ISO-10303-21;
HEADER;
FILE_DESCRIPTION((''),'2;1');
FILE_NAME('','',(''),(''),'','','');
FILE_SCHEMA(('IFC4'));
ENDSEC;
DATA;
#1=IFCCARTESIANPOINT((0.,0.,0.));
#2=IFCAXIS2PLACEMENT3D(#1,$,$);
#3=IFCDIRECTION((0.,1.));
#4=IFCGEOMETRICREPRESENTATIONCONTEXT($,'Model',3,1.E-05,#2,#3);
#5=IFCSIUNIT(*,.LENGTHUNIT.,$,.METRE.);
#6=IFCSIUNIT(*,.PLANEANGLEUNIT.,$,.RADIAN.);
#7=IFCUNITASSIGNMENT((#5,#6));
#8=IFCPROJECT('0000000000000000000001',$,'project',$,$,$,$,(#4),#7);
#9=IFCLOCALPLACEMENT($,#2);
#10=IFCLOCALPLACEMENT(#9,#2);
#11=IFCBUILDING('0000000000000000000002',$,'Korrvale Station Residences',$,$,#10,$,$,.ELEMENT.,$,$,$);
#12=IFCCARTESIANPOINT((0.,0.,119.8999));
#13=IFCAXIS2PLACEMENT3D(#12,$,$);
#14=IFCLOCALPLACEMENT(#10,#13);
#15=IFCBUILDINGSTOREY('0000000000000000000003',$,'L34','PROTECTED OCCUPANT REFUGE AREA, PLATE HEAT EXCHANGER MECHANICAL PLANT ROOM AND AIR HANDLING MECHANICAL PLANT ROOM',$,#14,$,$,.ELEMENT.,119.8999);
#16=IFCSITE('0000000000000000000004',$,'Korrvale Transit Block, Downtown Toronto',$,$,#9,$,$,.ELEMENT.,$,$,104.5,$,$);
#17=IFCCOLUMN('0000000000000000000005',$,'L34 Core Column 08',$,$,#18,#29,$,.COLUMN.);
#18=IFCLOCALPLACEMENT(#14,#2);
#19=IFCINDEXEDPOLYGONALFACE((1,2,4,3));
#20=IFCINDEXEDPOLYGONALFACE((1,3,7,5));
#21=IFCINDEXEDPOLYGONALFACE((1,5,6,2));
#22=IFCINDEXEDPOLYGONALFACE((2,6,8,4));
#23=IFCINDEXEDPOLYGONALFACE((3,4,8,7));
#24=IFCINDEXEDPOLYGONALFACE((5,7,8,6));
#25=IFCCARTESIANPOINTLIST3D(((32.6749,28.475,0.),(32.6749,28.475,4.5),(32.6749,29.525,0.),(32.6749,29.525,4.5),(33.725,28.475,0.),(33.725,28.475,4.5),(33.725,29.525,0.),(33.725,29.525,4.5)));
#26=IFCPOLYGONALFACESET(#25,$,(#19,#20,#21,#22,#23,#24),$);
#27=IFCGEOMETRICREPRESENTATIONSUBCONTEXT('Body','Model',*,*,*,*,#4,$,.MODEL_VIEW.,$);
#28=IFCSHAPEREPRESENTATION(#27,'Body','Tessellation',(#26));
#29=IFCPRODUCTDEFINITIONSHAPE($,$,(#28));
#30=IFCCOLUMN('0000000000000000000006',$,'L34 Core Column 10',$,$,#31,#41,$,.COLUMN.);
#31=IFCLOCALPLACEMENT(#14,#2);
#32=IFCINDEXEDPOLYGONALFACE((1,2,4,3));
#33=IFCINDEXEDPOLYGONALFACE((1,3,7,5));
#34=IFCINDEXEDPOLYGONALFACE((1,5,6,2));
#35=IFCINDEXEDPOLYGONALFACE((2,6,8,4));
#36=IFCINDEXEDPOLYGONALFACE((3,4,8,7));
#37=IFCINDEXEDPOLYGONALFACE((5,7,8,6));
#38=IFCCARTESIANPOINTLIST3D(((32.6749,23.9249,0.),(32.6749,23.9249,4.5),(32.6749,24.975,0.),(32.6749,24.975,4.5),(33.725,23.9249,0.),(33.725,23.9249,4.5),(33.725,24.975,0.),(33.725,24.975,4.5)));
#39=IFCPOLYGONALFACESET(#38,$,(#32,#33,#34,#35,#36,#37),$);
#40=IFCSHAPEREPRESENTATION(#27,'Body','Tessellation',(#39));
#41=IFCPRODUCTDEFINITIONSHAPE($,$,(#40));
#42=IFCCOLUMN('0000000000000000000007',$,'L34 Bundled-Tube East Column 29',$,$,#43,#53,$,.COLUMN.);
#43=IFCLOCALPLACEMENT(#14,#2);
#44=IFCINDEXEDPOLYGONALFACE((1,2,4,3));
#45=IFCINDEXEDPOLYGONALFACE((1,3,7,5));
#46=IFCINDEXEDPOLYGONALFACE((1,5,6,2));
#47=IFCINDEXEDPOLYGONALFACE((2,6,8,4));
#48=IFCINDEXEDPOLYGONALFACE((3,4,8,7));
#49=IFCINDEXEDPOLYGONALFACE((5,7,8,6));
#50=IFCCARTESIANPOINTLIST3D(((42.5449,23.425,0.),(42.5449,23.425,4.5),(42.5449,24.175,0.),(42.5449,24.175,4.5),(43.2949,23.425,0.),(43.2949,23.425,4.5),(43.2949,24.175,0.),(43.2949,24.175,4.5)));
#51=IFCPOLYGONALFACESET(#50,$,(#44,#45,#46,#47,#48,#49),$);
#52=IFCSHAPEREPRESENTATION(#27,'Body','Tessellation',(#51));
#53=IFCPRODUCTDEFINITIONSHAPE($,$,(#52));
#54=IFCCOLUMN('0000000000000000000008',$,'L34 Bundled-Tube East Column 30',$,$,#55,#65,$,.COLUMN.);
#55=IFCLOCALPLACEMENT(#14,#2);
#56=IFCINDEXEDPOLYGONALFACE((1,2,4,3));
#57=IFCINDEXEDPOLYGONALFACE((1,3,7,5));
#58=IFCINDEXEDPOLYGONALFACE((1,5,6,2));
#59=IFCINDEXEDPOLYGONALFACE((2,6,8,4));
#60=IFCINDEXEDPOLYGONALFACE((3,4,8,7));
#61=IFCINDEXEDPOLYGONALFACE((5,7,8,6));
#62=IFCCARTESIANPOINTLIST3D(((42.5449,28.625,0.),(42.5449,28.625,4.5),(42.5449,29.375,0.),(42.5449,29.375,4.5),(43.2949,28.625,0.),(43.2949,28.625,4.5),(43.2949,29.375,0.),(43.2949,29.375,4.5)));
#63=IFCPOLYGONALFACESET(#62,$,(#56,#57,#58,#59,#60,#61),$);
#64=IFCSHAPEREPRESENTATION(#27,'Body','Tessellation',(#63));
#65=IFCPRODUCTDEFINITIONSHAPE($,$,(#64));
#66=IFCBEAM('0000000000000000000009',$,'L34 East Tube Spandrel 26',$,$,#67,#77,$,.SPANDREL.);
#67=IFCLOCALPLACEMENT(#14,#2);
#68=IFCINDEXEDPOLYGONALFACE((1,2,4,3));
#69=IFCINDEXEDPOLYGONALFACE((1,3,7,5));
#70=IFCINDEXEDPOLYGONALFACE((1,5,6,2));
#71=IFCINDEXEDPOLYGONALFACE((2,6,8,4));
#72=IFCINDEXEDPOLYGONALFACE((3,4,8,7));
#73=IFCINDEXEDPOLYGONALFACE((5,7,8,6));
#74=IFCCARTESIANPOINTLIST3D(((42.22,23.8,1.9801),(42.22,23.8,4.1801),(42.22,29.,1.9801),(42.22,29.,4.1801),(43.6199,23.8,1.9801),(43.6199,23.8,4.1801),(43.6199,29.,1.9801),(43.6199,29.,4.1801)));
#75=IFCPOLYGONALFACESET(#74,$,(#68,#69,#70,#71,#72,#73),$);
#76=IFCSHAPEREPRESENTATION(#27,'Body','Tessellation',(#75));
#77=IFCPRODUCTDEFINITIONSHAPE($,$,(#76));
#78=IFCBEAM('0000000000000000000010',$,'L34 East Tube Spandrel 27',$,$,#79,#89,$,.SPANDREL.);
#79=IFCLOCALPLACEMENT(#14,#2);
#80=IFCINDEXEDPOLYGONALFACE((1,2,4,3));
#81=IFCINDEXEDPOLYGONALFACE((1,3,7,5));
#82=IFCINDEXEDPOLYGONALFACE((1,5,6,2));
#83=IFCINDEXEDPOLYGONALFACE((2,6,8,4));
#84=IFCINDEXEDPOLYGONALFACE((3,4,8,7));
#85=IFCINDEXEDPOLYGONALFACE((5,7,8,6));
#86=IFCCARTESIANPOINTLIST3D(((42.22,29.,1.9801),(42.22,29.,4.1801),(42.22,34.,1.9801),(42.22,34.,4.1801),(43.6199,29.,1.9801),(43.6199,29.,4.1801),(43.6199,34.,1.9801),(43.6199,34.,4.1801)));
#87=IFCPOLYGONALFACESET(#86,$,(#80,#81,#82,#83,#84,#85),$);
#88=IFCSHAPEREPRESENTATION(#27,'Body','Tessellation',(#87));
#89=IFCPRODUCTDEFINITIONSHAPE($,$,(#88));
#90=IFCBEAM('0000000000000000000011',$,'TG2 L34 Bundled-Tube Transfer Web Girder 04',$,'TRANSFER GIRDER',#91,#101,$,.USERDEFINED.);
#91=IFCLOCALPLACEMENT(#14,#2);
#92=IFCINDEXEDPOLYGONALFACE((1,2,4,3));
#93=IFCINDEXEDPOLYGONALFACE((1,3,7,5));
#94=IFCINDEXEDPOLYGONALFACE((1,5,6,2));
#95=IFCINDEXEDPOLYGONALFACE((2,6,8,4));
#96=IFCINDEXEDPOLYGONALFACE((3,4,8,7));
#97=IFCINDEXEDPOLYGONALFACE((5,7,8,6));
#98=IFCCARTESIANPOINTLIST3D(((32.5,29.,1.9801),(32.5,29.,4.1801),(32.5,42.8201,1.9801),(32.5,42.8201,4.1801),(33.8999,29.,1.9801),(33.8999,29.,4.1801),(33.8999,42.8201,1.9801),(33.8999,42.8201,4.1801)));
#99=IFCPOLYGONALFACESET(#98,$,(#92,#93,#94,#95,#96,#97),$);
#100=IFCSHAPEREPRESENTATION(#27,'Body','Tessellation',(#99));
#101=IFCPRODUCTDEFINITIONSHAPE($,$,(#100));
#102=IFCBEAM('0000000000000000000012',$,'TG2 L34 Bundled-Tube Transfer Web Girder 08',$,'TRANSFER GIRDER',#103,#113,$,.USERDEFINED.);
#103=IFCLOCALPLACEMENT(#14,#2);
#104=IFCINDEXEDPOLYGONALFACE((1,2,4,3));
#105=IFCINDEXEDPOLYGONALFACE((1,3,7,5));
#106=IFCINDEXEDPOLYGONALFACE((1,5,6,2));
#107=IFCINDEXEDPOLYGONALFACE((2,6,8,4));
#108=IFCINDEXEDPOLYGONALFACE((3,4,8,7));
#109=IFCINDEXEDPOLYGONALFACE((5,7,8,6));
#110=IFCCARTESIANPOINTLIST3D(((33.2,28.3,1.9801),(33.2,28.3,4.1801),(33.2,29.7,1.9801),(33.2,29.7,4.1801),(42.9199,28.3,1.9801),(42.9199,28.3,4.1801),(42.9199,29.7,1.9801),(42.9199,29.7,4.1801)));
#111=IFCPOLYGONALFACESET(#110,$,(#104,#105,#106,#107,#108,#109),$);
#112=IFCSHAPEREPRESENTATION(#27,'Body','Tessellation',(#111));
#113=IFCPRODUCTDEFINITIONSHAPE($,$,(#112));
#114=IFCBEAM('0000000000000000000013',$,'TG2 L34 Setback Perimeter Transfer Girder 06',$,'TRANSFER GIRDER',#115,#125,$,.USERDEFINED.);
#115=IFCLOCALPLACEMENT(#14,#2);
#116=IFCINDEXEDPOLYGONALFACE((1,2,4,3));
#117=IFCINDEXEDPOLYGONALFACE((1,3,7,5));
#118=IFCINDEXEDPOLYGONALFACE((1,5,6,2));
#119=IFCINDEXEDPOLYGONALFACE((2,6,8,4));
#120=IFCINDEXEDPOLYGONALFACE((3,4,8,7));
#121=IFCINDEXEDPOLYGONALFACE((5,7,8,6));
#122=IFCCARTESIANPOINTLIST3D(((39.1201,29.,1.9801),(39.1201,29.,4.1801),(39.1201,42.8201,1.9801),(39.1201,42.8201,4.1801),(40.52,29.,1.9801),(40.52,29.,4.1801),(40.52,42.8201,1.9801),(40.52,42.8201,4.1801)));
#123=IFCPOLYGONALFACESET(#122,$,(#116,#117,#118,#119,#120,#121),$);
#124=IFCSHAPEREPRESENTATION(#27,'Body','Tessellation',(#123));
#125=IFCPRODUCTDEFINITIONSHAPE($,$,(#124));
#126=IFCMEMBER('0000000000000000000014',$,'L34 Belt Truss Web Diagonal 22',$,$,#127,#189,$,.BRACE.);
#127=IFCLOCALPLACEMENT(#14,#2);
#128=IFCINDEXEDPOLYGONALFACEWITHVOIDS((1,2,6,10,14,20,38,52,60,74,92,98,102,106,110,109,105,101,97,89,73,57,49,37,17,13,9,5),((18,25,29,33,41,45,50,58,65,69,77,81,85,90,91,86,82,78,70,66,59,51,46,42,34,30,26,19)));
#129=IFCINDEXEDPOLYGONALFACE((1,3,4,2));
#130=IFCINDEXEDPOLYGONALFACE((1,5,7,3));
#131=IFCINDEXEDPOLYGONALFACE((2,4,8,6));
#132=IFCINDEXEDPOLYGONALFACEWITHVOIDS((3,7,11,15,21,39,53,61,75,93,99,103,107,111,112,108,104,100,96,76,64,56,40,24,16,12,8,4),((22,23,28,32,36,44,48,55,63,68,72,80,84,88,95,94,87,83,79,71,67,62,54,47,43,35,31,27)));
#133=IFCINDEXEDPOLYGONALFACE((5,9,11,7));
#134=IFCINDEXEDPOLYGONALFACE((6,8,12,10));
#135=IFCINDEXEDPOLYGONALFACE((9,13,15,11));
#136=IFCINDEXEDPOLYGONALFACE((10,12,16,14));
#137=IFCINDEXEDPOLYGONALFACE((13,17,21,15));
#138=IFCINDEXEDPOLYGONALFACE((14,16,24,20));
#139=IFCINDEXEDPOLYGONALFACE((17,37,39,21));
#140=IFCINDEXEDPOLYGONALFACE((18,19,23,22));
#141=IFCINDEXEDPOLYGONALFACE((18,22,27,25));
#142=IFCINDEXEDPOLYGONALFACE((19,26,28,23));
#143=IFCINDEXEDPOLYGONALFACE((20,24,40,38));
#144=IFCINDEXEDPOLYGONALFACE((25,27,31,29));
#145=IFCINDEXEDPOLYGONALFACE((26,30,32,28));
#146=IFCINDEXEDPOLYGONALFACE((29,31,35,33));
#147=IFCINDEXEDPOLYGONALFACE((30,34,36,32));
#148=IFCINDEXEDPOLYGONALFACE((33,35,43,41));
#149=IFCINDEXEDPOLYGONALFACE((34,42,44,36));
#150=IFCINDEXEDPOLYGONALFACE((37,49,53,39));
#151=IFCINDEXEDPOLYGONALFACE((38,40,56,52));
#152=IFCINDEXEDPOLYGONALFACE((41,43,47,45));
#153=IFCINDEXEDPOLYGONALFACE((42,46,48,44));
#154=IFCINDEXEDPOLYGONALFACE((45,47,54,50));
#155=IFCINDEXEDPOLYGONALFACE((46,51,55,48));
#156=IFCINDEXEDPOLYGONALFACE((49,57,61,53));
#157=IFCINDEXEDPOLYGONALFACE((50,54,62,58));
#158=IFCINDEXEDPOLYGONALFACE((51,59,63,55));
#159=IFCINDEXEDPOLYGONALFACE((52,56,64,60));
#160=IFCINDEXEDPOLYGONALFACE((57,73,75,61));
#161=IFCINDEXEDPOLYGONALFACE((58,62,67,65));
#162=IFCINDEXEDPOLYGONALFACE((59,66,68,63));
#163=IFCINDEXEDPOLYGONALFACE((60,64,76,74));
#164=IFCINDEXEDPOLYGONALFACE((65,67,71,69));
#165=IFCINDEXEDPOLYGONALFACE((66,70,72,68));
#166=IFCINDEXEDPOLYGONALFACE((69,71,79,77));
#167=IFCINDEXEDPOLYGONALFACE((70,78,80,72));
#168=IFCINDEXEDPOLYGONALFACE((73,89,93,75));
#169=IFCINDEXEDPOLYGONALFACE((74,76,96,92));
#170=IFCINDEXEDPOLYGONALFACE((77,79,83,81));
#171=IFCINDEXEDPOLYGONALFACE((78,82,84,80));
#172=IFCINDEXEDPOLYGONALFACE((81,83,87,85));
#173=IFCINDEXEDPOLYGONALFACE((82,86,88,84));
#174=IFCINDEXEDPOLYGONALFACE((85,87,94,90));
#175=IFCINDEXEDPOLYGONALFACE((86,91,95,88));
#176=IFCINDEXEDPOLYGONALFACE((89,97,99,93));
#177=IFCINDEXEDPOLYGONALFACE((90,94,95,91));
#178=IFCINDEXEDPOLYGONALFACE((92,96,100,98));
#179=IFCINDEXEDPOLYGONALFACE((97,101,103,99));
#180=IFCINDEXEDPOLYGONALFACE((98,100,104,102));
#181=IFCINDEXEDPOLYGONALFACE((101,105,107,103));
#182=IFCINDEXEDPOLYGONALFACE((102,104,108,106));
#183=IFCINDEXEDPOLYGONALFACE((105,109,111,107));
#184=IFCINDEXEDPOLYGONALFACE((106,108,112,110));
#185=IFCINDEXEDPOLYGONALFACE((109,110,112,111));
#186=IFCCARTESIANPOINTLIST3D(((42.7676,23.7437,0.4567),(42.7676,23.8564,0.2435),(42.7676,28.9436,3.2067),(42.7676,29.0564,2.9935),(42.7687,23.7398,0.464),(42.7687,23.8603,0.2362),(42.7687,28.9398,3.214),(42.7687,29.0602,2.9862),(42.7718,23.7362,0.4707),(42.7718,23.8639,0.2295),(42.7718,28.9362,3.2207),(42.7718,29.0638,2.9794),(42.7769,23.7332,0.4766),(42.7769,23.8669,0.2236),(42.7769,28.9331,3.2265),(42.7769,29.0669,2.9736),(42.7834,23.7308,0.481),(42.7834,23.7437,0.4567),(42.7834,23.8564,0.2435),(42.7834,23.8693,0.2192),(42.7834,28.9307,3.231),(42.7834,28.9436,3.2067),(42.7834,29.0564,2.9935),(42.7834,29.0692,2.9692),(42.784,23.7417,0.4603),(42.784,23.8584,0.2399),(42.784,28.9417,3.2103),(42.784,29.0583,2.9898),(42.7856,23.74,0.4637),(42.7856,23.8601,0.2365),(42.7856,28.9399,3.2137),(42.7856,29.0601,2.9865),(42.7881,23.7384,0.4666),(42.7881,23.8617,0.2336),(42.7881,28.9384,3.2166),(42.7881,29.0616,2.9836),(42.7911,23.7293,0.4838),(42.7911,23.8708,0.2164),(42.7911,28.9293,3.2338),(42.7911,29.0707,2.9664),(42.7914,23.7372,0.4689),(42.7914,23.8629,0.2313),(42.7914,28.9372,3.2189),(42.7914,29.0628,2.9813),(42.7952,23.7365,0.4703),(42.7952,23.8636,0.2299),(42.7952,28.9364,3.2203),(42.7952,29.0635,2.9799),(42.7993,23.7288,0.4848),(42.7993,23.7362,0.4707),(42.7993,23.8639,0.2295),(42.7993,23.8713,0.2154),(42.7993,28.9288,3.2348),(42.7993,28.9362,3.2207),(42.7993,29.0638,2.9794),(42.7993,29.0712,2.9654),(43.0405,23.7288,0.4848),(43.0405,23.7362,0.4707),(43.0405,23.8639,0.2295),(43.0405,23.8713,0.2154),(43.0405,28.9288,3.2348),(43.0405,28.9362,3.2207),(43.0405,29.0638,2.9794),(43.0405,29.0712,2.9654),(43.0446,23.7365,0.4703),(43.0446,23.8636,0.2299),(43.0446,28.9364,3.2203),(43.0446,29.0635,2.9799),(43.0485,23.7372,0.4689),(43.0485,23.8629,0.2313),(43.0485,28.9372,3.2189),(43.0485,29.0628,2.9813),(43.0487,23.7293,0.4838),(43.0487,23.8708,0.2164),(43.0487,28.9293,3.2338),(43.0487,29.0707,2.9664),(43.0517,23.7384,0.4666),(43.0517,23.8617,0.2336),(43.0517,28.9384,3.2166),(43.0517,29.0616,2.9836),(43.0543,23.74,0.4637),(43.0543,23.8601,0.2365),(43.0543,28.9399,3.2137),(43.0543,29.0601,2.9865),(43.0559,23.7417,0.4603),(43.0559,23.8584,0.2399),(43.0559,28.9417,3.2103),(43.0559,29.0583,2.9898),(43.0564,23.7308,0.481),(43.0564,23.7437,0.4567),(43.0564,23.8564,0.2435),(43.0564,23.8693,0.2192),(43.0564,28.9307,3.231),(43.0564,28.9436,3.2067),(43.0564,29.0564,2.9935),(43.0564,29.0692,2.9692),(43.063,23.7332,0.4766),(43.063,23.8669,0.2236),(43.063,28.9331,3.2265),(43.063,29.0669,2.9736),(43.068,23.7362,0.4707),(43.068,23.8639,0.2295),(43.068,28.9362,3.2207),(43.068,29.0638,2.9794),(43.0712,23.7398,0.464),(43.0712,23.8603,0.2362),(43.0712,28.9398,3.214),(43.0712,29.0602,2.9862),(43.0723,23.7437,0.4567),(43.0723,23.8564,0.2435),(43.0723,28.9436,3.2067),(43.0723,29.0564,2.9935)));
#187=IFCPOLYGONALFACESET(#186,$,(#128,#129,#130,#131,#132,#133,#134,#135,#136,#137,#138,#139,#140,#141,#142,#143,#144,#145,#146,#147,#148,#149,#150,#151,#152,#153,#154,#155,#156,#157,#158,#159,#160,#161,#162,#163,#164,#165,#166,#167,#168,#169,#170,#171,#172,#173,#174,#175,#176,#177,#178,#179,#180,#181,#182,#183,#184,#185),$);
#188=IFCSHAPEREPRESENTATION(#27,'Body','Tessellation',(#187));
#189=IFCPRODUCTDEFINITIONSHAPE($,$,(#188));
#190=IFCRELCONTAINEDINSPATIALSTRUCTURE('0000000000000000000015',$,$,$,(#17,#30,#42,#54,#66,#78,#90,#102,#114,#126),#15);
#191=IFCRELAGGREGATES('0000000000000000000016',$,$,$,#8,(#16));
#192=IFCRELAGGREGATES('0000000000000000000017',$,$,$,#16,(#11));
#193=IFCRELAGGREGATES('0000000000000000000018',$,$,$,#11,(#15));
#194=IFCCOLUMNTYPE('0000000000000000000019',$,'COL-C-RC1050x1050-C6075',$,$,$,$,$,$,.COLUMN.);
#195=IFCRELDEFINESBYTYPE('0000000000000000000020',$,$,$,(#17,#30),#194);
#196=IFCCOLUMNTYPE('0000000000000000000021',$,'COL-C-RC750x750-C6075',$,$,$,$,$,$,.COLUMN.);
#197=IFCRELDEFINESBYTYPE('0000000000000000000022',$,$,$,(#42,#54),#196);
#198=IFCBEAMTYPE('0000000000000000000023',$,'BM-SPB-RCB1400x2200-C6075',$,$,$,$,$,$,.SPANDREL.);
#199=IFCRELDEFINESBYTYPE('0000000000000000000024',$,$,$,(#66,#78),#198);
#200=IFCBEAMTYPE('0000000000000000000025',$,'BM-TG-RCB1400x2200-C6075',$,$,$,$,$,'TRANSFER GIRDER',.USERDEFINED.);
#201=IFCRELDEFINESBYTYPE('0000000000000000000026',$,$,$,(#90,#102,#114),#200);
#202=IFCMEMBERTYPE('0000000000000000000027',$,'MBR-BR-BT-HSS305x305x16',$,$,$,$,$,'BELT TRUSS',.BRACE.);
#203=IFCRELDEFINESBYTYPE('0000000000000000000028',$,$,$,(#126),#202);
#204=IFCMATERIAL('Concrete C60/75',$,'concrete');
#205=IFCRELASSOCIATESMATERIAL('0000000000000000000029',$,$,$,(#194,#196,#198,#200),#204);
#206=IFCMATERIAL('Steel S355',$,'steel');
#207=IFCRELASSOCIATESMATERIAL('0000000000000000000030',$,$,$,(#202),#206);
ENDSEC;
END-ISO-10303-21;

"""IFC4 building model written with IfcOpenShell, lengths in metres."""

from ifc_helpers import new_model, si_unit, direction, frame, origin, origin_2d, place, context, subcontext, project, spatial, rectangle, hollow_rectangle, extrude, material, material_profile, profile_set, type_object, element, save


model = new_model("IFC4")

# Units and contexts
model_context = context("Model", 3, precision=1e-05, world=origin(), true_north=direction((0.0, 1.0)))
body_context = subcontext(model_context, "Body", "Model", "MODEL_VIEW")
ifc_project = project(units=[si_unit("LENGTHUNIT", "METRE"), si_unit("PLANEANGLEUNIT", "RADIAN")], contexts=[model_context])

# Site, building, storey
site_placement = place(None, origin())
site = spatial("IfcSite", under=ifc_project, at=site_placement, Name="Korrvale Transit Block, Downtown Toronto", CompositionType="ELEMENT", RefElevation=104.5)
building_placement = place(site_placement, origin())
building = spatial("IfcBuilding", under=site, at=building_placement, Name="Korrvale Station Residences", CompositionType="ELEMENT")
storey_placement = place(building_placement, frame((0.0, 0.0, 119.8999)))
storey = spatial("IfcBuildingStorey", under=building, at=storey_placement, Name="L34", Description="PROTECTED OCCUPANT REFUGE AREA, PLATE HEAT EXCHANGER MECHANICAL PLANT ROOM AND AIR HANDLING MECHANICAL PLANT ROOM", CompositionType="ELEMENT", Elevation=119.8999)

# Columns
ifc_material_1 = material(Name="Concrete C60/75", Category="concrete")
ifc_material_profile_1 = material_profile(ifc_material_1, rectangle(XDim=1.05, YDim=1.05, at=origin_2d()), Name="RC1050x1050")
ifc_profile_set_1 = profile_set([ifc_material_profile_1], Name="Concrete C60/75")
column_type_1 = type_object("IfcColumnType", Name="COL-C-RC1050x1050-C6075", PredefinedType="COLUMN", material=ifc_profile_set_1)
for number, where, z_axis, x_axis, name in (
    (1, (33.2, 29.0, 0.0), (0.0, 0.0, 1.0), (1.0, 0.0, 0.0), "L34 Core Column 08"),
    (2, (33.2, 24.45, 0.0), (0.0, 0.0, 1.0), (1.0, 0.0, 0.0), "L34 Core Column 10"),
):
    element("IfcColumn", number, at=place(storey_placement, frame(where, z_axis=z_axis, x_axis=x_axis)), inside=storey, type_object=column_type_1, Name=name, PredefinedType="COLUMN", context=body_context, shape_type="SweptSolid", body=[
        extrude(rectangle(XDim=1.05, YDim=1.05, at=origin_2d()), origin(), (0.0, 0.0, 1.0), 4.5),
    ])
ifc_material_profile_2 = material_profile(ifc_material_1, rectangle(XDim=0.75, YDim=0.75, at=origin_2d()), Name="RC750x750")
ifc_profile_set_2 = profile_set([ifc_material_profile_2], Name="Concrete C60/75")
column_type_2 = type_object("IfcColumnType", Name="COL-C-RC750x750-C6075", PredefinedType="COLUMN", material=ifc_profile_set_2)
for number, where, z_axis, x_axis, name in (
    (3, (42.9199, 23.8, 0.0), (0.0, 0.0, 1.0), (1.0, 0.0, 0.0), "L34 Bundled-Tube East Column 29"),
    (4, (42.9199, 29.0, 0.0), (0.0, 0.0, 1.0), (1.0, 0.0, 0.0), "L34 Bundled-Tube East Column 30"),
):
    element("IfcColumn", number, at=place(storey_placement, frame(where, z_axis=z_axis, x_axis=x_axis)), inside=storey, type_object=column_type_2, Name=name, PredefinedType="COLUMN", context=body_context, shape_type="SweptSolid", body=[
        extrude(rectangle(XDim=0.75, YDim=0.75, at=origin_2d()), origin(), (0.0, 0.0, 1.0), 4.5),
    ])

# Beams
ifc_material_profile_3 = material_profile(ifc_material_1, rectangle(XDim=1.3999, YDim=2.2, at=origin_2d()), Name="RCB1400x2200")
ifc_profile_set_3 = profile_set([ifc_material_profile_3], Name="Concrete C60/75")
beam_type_1 = type_object("IfcBeamType", Name="BM-SPB-RCB1400x2200-C6075", PredefinedType="SPANDREL", material=ifc_profile_set_3)
beam_1_placement = place(storey_placement, frame((42.9199, 23.8, 3.0801), z_axis=(0.0, 1.0, 0.0), x_axis=(-1.0, 0.0, 0.0)))
element("IfcBeam", 5, at=beam_1_placement, inside=storey, type_object=beam_type_1, Name="L34 East Tube Spandrel 26", PredefinedType="SPANDREL", context=body_context, shape_type="SweptSolid", body=[
    extrude(rectangle(XDim=1.3999, YDim=2.2, at=origin_2d()), origin(), (0.0, 0.0, 1.0), 5.2),
])
beam_2_placement = place(storey_placement, frame((42.9199, 29.0, 3.0801), z_axis=(0.0, 1.0, 0.0), x_axis=(-1.0, 0.0, 0.0)))
element("IfcBeam", 6, at=beam_2_placement, inside=storey, type_object=beam_type_1, Name="L34 East Tube Spandrel 27", PredefinedType="SPANDREL", context=body_context, shape_type="SweptSolid", body=[
    extrude(rectangle(XDim=1.3999, YDim=2.2, at=origin_2d()), origin(), (0.0, 0.0, 1.0), 5.0),
])
ifc_material_profile_4 = material_profile(ifc_material_1, rectangle(XDim=1.3999, YDim=2.2, at=origin_2d()), Name="RCB1400x2200")
ifc_profile_set_4 = profile_set([ifc_material_profile_4], Name="Concrete C60/75")
beam_type_2 = type_object("IfcBeamType", Name="BM-TG-RCB1400x2200-C6075", ElementType="TRANSFER GIRDER", PredefinedType="USERDEFINED", material=ifc_profile_set_4)
beam_3_placement = place(storey_placement, frame((33.2, 29.0, 3.0801), z_axis=(0.0, 1.0, 0.0), x_axis=(-1.0, 0.0, 0.0)))
element("IfcBeam", 7, at=beam_3_placement, inside=storey, type_object=beam_type_2, Name="TG2 L34 Bundled-Tube Transfer Web Girder 04", ObjectType="TRANSFER GIRDER", PredefinedType="USERDEFINED", context=body_context, shape_type="SweptSolid", body=[
    extrude(rectangle(XDim=1.3999, YDim=2.2, at=origin_2d()), origin(), (0.0, 0.0, 1.0), 13.8201),
])
beam_4_placement = place(storey_placement, frame((33.2, 29.0, 3.0801), z_axis=(1.0, 0.0, 0.0), x_axis=(0.0, 1.0, 0.0)))
element("IfcBeam", 8, at=beam_4_placement, inside=storey, type_object=beam_type_2, Name="TG2 L34 Bundled-Tube Transfer Web Girder 08", ObjectType="TRANSFER GIRDER", PredefinedType="USERDEFINED", context=body_context, shape_type="SweptSolid", body=[
    extrude(rectangle(XDim=1.3999, YDim=2.2, at=origin_2d()), origin(), (0.0, 0.0, 1.0), 9.72),
])
beam_5_placement = place(storey_placement, frame((39.8201, 29.0, 3.0801), z_axis=(0.0, 1.0, 0.0), x_axis=(-1.0, 0.0, 0.0)))
element("IfcBeam", 9, at=beam_5_placement, inside=storey, type_object=beam_type_2, Name="TG2 L34 Setback Perimeter Transfer Girder 06", ObjectType="TRANSFER GIRDER", PredefinedType="USERDEFINED", context=body_context, shape_type="SweptSolid", body=[
    extrude(rectangle(XDim=1.3999, YDim=2.2, at=origin_2d()), origin(), (0.0, 0.0, 1.0), 13.8201),
])

# Member
ifc_material_2 = material(Name="Steel S355", Category="steel")
ifc_material_profile_5 = material_profile(ifc_material_2, hollow_rectangle(XDim=0.3047, YDim=0.3047, WallThickness=0.0159, InnerFilletRadius=0.0159, OuterFilletRadius=0.0317, at=origin_2d()), Name="HSS305x305x16")
ifc_profile_set_5 = profile_set([ifc_material_profile_5], Name="Steel S355")
member_type_1 = type_object("IfcMemberType", Name="MBR-BR-BT-HSS305x305x16", ElementType="BELT TRUSS", PredefinedType="BRACE", material=ifc_profile_set_5)
member_1_placement = place(storey_placement, frame((42.9199, 23.8, 0.3501), z_axis=(0.0, 0.883993, 0.467501), x_axis=(-1.0, 0.0, 0.0)))
element("IfcMember", 10, at=member_1_placement, inside=storey, type_object=member_type_1, Name="L34 Belt Truss Web Diagonal 22", PredefinedType="BRACE", context=body_context, shape_type="SweptSolid", body=[
    extrude(hollow_rectangle(XDim=0.3047, YDim=0.3047, WallThickness=0.0159, InnerFilletRadius=0.0159, OuterFilletRadius=0.0317, at=origin_2d()), origin(), (0.0, 0.0, 1.0), 5.8823),
])

save(model, "model.ifc")
